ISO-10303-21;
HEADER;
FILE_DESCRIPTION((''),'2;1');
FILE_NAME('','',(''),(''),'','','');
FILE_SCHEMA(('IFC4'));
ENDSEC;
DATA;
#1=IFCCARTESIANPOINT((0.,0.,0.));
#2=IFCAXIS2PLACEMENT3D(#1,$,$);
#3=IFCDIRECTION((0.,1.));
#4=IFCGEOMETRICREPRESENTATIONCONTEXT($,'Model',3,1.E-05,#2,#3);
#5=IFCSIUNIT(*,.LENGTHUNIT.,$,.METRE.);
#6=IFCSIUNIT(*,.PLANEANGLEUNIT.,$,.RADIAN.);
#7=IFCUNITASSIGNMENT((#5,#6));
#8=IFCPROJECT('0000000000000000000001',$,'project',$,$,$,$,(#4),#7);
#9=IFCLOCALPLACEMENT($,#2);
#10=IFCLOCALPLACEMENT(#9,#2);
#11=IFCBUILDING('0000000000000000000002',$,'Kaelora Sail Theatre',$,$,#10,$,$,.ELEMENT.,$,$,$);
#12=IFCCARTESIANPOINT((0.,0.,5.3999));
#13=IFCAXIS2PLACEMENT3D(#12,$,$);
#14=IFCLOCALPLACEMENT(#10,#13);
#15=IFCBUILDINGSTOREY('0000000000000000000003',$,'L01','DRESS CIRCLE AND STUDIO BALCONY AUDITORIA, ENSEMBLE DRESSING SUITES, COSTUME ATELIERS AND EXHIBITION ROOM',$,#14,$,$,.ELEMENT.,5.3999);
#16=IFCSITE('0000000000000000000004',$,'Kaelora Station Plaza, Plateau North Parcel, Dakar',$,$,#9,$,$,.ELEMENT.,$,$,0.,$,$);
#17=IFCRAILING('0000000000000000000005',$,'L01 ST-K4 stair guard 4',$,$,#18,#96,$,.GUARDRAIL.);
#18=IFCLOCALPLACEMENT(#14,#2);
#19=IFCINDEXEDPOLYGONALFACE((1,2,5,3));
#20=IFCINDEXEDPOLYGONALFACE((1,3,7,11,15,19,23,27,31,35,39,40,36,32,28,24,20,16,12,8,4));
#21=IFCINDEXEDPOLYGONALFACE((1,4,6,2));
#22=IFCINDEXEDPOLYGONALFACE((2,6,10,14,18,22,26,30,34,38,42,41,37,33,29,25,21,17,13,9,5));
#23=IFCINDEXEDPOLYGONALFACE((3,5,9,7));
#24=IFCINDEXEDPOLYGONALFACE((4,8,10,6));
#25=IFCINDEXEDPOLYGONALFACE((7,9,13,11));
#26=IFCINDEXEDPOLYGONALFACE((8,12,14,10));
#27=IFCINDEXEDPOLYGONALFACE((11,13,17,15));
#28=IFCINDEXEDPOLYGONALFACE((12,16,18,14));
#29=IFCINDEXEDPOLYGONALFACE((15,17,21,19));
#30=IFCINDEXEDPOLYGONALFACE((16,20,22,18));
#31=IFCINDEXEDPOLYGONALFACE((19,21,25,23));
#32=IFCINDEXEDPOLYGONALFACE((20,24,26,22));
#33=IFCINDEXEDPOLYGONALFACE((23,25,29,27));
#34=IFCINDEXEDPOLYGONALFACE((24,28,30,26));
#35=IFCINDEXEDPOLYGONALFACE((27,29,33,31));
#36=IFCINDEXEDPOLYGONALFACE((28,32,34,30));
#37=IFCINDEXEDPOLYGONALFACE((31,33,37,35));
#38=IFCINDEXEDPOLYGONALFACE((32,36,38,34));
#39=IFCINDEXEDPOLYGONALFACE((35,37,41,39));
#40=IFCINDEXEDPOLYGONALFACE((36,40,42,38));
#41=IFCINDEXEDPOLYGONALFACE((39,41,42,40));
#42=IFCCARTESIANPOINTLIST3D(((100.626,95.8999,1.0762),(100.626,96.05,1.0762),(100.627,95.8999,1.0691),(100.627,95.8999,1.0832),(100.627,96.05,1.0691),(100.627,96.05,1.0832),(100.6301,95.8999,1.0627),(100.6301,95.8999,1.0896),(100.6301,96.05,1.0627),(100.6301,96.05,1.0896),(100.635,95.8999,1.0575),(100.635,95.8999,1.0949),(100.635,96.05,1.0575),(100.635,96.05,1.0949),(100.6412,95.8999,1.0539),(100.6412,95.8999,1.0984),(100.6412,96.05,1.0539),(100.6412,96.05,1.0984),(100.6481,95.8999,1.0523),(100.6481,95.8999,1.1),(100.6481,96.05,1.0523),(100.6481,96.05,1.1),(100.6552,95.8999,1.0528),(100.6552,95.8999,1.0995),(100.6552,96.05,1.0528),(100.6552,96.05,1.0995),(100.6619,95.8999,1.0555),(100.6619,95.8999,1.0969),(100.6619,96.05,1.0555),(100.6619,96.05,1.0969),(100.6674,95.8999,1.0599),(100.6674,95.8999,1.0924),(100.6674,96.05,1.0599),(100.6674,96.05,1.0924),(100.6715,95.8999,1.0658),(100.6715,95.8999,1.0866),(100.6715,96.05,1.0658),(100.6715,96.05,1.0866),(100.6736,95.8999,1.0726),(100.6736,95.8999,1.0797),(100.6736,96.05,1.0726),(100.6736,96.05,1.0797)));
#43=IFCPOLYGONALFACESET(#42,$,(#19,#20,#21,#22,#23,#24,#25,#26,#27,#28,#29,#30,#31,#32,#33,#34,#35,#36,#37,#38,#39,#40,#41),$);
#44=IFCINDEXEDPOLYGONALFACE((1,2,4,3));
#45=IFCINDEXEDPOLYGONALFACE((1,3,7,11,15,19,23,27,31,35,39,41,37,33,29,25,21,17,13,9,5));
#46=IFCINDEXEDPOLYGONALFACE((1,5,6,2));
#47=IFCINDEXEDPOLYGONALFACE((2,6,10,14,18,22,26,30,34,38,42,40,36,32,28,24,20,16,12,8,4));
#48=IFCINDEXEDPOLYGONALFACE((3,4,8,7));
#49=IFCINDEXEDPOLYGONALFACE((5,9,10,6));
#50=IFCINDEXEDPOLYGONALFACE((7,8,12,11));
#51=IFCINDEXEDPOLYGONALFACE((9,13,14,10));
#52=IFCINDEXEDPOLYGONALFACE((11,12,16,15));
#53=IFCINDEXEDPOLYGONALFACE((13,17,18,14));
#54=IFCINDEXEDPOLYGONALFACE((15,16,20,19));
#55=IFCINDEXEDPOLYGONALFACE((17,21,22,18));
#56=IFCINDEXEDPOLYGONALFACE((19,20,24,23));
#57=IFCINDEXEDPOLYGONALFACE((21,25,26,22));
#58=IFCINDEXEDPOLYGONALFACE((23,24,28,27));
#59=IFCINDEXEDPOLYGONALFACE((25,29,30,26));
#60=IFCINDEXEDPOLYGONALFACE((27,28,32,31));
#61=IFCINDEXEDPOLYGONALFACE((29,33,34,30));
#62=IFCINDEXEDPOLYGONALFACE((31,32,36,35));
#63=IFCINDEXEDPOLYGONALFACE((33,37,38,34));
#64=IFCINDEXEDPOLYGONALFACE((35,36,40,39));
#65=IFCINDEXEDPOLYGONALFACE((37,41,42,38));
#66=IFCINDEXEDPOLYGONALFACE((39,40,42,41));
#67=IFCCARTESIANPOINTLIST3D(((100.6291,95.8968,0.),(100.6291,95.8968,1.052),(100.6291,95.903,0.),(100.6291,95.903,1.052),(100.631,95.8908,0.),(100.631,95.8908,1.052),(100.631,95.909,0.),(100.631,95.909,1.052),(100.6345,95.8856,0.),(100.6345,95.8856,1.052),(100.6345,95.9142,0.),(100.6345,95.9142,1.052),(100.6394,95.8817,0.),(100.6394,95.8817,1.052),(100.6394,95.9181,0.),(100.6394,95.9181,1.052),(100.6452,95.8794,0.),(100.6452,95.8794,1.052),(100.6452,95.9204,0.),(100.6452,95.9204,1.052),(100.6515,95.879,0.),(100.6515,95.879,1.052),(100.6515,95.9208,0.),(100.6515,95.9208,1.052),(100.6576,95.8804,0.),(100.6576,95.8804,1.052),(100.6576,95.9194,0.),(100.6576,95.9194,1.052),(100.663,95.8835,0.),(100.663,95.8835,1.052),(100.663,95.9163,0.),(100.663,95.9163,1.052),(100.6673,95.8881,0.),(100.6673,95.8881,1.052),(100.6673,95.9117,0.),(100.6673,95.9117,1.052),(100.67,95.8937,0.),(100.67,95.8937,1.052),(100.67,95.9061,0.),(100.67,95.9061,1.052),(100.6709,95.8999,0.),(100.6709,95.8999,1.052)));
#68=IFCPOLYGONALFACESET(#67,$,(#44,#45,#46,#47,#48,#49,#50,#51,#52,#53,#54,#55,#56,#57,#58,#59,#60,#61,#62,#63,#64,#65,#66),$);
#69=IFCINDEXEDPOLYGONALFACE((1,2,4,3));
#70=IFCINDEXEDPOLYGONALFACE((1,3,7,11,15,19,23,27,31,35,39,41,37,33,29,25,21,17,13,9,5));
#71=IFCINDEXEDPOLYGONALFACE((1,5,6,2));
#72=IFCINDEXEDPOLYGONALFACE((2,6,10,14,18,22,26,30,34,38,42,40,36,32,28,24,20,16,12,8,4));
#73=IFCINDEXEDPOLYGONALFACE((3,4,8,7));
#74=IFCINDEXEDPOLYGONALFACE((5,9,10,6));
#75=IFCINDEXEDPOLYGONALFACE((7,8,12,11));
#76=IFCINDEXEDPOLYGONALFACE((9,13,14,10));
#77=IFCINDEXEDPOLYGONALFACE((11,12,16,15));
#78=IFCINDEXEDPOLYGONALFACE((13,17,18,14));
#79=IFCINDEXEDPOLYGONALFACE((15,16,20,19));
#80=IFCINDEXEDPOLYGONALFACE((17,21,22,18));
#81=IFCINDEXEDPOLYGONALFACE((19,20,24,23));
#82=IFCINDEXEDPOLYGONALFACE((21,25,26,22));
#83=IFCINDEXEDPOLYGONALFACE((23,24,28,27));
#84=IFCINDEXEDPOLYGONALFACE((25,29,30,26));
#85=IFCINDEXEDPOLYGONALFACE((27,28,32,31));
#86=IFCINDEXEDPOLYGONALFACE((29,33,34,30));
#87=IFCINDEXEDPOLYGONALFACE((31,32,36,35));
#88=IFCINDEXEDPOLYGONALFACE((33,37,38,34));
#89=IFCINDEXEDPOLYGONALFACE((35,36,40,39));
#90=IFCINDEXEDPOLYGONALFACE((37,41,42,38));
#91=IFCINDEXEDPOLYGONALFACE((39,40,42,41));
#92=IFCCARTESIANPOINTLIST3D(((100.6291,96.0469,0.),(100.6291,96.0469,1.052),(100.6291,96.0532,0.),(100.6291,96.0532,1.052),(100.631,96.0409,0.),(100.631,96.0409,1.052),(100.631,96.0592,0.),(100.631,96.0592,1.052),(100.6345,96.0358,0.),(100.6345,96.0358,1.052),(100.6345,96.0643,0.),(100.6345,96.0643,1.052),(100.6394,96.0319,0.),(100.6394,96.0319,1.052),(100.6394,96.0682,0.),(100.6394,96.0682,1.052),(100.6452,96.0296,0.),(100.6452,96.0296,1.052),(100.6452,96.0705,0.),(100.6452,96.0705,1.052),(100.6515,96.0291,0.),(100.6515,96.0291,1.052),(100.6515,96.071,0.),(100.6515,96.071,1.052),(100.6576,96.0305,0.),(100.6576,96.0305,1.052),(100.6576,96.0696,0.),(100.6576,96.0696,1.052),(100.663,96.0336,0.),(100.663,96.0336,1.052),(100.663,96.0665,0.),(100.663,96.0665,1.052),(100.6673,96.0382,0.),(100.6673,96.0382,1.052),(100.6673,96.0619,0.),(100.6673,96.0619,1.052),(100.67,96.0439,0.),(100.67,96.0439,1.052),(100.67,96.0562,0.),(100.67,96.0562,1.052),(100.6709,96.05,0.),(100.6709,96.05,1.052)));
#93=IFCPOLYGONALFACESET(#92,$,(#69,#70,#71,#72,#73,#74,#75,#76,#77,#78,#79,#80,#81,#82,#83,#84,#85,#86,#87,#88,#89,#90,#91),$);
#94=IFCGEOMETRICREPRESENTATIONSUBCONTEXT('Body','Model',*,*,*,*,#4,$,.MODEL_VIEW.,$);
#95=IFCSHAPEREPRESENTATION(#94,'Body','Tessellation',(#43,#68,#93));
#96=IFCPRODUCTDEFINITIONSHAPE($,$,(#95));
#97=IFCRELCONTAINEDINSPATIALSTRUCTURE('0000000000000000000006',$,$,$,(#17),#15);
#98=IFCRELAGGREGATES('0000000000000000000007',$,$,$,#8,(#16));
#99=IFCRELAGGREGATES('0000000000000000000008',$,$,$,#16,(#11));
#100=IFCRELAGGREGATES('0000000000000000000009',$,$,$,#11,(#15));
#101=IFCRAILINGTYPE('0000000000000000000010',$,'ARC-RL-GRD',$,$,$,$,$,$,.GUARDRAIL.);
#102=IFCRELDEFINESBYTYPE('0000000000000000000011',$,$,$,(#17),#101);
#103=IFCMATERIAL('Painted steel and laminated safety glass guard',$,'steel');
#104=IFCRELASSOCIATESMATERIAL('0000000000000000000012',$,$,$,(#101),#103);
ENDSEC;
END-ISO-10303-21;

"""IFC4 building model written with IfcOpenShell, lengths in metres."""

from ifc_helpers import new_model, si_unit, direction, frame, origin, origin_2d, place, context, subcontext, project, spatial, circle, extrude, material, type_object, element, save


model = new_model("IFC4")

# Units and contexts
model_context = context("Model", 3, precision=1e-05, world=origin(), true_north=direction((0.0, 1.0)))
body_context = subcontext(model_context, "Body", "Model", "MODEL_VIEW")
ifc_project = project(units=[si_unit("LENGTHUNIT", "METRE"), si_unit("PLANEANGLEUNIT", "RADIAN")], contexts=[model_context])

# Site, building, storey
site_placement = place(None, origin())
site = spatial("IfcSite", under=ifc_project, at=site_placement, Name="Kaelora Station Plaza, Plateau North Parcel, Dakar", CompositionType="ELEMENT", RefElevation=0.0)
building_placement = place(site_placement, origin())
building = spatial("IfcBuilding", under=site, at=building_placement, Name="Kaelora Sail Theatre", CompositionType="ELEMENT")
storey_placement = place(building_placement, frame((0.0, 0.0, 5.3999)))
storey = spatial("IfcBuildingStorey", under=building, at=storey_placement, Name="L01", Description="DRESS CIRCLE AND STUDIO BALCONY AUDITORIA, ENSEMBLE DRESSING SUITES, COSTUME ATELIERS AND EXHIBITION ROOM", CompositionType="ELEMENT", Elevation=5.3999)

# Railing
ifc_material_1 = material(Name="Painted steel and laminated safety glass guard", Category="steel")
railing_type_1 = type_object("IfcRailingType", Name="ARC-RL-GRD", PredefinedType="GUARDRAIL", material=ifc_material_1)
railing_1_placement = place(storey_placement, frame((100.6499, 95.8999, 0.0)))
element("IfcRailing", 1, at=railing_1_placement, inside=storey, type_object=railing_type_1, Name="L01 ST-K4 stair guard 4", PredefinedType="GUARDRAIL", context=body_context, shape_type="SweptSolid", body=[
    extrude(circle(Radius=0.0239, at=origin_2d()), frame((0.0, 0.0, 1.0762), z_axis=(0.0, 1.0, 0.0), x_axis=(-1.0, 0.0, 0.0)), (0.0, 0.0, 1.0), 0.1501),
    extrude(circle(Radius=0.021, at=origin_2d()), origin(), (0.0, 0.0, 1.0), 1.052),
    extrude(circle(Radius=0.021, at=origin_2d()), frame((0.0, 0.1501, 0.0)), (0.0, 0.0, 1.0), 1.052),
])

save(model, "model.ifc")
